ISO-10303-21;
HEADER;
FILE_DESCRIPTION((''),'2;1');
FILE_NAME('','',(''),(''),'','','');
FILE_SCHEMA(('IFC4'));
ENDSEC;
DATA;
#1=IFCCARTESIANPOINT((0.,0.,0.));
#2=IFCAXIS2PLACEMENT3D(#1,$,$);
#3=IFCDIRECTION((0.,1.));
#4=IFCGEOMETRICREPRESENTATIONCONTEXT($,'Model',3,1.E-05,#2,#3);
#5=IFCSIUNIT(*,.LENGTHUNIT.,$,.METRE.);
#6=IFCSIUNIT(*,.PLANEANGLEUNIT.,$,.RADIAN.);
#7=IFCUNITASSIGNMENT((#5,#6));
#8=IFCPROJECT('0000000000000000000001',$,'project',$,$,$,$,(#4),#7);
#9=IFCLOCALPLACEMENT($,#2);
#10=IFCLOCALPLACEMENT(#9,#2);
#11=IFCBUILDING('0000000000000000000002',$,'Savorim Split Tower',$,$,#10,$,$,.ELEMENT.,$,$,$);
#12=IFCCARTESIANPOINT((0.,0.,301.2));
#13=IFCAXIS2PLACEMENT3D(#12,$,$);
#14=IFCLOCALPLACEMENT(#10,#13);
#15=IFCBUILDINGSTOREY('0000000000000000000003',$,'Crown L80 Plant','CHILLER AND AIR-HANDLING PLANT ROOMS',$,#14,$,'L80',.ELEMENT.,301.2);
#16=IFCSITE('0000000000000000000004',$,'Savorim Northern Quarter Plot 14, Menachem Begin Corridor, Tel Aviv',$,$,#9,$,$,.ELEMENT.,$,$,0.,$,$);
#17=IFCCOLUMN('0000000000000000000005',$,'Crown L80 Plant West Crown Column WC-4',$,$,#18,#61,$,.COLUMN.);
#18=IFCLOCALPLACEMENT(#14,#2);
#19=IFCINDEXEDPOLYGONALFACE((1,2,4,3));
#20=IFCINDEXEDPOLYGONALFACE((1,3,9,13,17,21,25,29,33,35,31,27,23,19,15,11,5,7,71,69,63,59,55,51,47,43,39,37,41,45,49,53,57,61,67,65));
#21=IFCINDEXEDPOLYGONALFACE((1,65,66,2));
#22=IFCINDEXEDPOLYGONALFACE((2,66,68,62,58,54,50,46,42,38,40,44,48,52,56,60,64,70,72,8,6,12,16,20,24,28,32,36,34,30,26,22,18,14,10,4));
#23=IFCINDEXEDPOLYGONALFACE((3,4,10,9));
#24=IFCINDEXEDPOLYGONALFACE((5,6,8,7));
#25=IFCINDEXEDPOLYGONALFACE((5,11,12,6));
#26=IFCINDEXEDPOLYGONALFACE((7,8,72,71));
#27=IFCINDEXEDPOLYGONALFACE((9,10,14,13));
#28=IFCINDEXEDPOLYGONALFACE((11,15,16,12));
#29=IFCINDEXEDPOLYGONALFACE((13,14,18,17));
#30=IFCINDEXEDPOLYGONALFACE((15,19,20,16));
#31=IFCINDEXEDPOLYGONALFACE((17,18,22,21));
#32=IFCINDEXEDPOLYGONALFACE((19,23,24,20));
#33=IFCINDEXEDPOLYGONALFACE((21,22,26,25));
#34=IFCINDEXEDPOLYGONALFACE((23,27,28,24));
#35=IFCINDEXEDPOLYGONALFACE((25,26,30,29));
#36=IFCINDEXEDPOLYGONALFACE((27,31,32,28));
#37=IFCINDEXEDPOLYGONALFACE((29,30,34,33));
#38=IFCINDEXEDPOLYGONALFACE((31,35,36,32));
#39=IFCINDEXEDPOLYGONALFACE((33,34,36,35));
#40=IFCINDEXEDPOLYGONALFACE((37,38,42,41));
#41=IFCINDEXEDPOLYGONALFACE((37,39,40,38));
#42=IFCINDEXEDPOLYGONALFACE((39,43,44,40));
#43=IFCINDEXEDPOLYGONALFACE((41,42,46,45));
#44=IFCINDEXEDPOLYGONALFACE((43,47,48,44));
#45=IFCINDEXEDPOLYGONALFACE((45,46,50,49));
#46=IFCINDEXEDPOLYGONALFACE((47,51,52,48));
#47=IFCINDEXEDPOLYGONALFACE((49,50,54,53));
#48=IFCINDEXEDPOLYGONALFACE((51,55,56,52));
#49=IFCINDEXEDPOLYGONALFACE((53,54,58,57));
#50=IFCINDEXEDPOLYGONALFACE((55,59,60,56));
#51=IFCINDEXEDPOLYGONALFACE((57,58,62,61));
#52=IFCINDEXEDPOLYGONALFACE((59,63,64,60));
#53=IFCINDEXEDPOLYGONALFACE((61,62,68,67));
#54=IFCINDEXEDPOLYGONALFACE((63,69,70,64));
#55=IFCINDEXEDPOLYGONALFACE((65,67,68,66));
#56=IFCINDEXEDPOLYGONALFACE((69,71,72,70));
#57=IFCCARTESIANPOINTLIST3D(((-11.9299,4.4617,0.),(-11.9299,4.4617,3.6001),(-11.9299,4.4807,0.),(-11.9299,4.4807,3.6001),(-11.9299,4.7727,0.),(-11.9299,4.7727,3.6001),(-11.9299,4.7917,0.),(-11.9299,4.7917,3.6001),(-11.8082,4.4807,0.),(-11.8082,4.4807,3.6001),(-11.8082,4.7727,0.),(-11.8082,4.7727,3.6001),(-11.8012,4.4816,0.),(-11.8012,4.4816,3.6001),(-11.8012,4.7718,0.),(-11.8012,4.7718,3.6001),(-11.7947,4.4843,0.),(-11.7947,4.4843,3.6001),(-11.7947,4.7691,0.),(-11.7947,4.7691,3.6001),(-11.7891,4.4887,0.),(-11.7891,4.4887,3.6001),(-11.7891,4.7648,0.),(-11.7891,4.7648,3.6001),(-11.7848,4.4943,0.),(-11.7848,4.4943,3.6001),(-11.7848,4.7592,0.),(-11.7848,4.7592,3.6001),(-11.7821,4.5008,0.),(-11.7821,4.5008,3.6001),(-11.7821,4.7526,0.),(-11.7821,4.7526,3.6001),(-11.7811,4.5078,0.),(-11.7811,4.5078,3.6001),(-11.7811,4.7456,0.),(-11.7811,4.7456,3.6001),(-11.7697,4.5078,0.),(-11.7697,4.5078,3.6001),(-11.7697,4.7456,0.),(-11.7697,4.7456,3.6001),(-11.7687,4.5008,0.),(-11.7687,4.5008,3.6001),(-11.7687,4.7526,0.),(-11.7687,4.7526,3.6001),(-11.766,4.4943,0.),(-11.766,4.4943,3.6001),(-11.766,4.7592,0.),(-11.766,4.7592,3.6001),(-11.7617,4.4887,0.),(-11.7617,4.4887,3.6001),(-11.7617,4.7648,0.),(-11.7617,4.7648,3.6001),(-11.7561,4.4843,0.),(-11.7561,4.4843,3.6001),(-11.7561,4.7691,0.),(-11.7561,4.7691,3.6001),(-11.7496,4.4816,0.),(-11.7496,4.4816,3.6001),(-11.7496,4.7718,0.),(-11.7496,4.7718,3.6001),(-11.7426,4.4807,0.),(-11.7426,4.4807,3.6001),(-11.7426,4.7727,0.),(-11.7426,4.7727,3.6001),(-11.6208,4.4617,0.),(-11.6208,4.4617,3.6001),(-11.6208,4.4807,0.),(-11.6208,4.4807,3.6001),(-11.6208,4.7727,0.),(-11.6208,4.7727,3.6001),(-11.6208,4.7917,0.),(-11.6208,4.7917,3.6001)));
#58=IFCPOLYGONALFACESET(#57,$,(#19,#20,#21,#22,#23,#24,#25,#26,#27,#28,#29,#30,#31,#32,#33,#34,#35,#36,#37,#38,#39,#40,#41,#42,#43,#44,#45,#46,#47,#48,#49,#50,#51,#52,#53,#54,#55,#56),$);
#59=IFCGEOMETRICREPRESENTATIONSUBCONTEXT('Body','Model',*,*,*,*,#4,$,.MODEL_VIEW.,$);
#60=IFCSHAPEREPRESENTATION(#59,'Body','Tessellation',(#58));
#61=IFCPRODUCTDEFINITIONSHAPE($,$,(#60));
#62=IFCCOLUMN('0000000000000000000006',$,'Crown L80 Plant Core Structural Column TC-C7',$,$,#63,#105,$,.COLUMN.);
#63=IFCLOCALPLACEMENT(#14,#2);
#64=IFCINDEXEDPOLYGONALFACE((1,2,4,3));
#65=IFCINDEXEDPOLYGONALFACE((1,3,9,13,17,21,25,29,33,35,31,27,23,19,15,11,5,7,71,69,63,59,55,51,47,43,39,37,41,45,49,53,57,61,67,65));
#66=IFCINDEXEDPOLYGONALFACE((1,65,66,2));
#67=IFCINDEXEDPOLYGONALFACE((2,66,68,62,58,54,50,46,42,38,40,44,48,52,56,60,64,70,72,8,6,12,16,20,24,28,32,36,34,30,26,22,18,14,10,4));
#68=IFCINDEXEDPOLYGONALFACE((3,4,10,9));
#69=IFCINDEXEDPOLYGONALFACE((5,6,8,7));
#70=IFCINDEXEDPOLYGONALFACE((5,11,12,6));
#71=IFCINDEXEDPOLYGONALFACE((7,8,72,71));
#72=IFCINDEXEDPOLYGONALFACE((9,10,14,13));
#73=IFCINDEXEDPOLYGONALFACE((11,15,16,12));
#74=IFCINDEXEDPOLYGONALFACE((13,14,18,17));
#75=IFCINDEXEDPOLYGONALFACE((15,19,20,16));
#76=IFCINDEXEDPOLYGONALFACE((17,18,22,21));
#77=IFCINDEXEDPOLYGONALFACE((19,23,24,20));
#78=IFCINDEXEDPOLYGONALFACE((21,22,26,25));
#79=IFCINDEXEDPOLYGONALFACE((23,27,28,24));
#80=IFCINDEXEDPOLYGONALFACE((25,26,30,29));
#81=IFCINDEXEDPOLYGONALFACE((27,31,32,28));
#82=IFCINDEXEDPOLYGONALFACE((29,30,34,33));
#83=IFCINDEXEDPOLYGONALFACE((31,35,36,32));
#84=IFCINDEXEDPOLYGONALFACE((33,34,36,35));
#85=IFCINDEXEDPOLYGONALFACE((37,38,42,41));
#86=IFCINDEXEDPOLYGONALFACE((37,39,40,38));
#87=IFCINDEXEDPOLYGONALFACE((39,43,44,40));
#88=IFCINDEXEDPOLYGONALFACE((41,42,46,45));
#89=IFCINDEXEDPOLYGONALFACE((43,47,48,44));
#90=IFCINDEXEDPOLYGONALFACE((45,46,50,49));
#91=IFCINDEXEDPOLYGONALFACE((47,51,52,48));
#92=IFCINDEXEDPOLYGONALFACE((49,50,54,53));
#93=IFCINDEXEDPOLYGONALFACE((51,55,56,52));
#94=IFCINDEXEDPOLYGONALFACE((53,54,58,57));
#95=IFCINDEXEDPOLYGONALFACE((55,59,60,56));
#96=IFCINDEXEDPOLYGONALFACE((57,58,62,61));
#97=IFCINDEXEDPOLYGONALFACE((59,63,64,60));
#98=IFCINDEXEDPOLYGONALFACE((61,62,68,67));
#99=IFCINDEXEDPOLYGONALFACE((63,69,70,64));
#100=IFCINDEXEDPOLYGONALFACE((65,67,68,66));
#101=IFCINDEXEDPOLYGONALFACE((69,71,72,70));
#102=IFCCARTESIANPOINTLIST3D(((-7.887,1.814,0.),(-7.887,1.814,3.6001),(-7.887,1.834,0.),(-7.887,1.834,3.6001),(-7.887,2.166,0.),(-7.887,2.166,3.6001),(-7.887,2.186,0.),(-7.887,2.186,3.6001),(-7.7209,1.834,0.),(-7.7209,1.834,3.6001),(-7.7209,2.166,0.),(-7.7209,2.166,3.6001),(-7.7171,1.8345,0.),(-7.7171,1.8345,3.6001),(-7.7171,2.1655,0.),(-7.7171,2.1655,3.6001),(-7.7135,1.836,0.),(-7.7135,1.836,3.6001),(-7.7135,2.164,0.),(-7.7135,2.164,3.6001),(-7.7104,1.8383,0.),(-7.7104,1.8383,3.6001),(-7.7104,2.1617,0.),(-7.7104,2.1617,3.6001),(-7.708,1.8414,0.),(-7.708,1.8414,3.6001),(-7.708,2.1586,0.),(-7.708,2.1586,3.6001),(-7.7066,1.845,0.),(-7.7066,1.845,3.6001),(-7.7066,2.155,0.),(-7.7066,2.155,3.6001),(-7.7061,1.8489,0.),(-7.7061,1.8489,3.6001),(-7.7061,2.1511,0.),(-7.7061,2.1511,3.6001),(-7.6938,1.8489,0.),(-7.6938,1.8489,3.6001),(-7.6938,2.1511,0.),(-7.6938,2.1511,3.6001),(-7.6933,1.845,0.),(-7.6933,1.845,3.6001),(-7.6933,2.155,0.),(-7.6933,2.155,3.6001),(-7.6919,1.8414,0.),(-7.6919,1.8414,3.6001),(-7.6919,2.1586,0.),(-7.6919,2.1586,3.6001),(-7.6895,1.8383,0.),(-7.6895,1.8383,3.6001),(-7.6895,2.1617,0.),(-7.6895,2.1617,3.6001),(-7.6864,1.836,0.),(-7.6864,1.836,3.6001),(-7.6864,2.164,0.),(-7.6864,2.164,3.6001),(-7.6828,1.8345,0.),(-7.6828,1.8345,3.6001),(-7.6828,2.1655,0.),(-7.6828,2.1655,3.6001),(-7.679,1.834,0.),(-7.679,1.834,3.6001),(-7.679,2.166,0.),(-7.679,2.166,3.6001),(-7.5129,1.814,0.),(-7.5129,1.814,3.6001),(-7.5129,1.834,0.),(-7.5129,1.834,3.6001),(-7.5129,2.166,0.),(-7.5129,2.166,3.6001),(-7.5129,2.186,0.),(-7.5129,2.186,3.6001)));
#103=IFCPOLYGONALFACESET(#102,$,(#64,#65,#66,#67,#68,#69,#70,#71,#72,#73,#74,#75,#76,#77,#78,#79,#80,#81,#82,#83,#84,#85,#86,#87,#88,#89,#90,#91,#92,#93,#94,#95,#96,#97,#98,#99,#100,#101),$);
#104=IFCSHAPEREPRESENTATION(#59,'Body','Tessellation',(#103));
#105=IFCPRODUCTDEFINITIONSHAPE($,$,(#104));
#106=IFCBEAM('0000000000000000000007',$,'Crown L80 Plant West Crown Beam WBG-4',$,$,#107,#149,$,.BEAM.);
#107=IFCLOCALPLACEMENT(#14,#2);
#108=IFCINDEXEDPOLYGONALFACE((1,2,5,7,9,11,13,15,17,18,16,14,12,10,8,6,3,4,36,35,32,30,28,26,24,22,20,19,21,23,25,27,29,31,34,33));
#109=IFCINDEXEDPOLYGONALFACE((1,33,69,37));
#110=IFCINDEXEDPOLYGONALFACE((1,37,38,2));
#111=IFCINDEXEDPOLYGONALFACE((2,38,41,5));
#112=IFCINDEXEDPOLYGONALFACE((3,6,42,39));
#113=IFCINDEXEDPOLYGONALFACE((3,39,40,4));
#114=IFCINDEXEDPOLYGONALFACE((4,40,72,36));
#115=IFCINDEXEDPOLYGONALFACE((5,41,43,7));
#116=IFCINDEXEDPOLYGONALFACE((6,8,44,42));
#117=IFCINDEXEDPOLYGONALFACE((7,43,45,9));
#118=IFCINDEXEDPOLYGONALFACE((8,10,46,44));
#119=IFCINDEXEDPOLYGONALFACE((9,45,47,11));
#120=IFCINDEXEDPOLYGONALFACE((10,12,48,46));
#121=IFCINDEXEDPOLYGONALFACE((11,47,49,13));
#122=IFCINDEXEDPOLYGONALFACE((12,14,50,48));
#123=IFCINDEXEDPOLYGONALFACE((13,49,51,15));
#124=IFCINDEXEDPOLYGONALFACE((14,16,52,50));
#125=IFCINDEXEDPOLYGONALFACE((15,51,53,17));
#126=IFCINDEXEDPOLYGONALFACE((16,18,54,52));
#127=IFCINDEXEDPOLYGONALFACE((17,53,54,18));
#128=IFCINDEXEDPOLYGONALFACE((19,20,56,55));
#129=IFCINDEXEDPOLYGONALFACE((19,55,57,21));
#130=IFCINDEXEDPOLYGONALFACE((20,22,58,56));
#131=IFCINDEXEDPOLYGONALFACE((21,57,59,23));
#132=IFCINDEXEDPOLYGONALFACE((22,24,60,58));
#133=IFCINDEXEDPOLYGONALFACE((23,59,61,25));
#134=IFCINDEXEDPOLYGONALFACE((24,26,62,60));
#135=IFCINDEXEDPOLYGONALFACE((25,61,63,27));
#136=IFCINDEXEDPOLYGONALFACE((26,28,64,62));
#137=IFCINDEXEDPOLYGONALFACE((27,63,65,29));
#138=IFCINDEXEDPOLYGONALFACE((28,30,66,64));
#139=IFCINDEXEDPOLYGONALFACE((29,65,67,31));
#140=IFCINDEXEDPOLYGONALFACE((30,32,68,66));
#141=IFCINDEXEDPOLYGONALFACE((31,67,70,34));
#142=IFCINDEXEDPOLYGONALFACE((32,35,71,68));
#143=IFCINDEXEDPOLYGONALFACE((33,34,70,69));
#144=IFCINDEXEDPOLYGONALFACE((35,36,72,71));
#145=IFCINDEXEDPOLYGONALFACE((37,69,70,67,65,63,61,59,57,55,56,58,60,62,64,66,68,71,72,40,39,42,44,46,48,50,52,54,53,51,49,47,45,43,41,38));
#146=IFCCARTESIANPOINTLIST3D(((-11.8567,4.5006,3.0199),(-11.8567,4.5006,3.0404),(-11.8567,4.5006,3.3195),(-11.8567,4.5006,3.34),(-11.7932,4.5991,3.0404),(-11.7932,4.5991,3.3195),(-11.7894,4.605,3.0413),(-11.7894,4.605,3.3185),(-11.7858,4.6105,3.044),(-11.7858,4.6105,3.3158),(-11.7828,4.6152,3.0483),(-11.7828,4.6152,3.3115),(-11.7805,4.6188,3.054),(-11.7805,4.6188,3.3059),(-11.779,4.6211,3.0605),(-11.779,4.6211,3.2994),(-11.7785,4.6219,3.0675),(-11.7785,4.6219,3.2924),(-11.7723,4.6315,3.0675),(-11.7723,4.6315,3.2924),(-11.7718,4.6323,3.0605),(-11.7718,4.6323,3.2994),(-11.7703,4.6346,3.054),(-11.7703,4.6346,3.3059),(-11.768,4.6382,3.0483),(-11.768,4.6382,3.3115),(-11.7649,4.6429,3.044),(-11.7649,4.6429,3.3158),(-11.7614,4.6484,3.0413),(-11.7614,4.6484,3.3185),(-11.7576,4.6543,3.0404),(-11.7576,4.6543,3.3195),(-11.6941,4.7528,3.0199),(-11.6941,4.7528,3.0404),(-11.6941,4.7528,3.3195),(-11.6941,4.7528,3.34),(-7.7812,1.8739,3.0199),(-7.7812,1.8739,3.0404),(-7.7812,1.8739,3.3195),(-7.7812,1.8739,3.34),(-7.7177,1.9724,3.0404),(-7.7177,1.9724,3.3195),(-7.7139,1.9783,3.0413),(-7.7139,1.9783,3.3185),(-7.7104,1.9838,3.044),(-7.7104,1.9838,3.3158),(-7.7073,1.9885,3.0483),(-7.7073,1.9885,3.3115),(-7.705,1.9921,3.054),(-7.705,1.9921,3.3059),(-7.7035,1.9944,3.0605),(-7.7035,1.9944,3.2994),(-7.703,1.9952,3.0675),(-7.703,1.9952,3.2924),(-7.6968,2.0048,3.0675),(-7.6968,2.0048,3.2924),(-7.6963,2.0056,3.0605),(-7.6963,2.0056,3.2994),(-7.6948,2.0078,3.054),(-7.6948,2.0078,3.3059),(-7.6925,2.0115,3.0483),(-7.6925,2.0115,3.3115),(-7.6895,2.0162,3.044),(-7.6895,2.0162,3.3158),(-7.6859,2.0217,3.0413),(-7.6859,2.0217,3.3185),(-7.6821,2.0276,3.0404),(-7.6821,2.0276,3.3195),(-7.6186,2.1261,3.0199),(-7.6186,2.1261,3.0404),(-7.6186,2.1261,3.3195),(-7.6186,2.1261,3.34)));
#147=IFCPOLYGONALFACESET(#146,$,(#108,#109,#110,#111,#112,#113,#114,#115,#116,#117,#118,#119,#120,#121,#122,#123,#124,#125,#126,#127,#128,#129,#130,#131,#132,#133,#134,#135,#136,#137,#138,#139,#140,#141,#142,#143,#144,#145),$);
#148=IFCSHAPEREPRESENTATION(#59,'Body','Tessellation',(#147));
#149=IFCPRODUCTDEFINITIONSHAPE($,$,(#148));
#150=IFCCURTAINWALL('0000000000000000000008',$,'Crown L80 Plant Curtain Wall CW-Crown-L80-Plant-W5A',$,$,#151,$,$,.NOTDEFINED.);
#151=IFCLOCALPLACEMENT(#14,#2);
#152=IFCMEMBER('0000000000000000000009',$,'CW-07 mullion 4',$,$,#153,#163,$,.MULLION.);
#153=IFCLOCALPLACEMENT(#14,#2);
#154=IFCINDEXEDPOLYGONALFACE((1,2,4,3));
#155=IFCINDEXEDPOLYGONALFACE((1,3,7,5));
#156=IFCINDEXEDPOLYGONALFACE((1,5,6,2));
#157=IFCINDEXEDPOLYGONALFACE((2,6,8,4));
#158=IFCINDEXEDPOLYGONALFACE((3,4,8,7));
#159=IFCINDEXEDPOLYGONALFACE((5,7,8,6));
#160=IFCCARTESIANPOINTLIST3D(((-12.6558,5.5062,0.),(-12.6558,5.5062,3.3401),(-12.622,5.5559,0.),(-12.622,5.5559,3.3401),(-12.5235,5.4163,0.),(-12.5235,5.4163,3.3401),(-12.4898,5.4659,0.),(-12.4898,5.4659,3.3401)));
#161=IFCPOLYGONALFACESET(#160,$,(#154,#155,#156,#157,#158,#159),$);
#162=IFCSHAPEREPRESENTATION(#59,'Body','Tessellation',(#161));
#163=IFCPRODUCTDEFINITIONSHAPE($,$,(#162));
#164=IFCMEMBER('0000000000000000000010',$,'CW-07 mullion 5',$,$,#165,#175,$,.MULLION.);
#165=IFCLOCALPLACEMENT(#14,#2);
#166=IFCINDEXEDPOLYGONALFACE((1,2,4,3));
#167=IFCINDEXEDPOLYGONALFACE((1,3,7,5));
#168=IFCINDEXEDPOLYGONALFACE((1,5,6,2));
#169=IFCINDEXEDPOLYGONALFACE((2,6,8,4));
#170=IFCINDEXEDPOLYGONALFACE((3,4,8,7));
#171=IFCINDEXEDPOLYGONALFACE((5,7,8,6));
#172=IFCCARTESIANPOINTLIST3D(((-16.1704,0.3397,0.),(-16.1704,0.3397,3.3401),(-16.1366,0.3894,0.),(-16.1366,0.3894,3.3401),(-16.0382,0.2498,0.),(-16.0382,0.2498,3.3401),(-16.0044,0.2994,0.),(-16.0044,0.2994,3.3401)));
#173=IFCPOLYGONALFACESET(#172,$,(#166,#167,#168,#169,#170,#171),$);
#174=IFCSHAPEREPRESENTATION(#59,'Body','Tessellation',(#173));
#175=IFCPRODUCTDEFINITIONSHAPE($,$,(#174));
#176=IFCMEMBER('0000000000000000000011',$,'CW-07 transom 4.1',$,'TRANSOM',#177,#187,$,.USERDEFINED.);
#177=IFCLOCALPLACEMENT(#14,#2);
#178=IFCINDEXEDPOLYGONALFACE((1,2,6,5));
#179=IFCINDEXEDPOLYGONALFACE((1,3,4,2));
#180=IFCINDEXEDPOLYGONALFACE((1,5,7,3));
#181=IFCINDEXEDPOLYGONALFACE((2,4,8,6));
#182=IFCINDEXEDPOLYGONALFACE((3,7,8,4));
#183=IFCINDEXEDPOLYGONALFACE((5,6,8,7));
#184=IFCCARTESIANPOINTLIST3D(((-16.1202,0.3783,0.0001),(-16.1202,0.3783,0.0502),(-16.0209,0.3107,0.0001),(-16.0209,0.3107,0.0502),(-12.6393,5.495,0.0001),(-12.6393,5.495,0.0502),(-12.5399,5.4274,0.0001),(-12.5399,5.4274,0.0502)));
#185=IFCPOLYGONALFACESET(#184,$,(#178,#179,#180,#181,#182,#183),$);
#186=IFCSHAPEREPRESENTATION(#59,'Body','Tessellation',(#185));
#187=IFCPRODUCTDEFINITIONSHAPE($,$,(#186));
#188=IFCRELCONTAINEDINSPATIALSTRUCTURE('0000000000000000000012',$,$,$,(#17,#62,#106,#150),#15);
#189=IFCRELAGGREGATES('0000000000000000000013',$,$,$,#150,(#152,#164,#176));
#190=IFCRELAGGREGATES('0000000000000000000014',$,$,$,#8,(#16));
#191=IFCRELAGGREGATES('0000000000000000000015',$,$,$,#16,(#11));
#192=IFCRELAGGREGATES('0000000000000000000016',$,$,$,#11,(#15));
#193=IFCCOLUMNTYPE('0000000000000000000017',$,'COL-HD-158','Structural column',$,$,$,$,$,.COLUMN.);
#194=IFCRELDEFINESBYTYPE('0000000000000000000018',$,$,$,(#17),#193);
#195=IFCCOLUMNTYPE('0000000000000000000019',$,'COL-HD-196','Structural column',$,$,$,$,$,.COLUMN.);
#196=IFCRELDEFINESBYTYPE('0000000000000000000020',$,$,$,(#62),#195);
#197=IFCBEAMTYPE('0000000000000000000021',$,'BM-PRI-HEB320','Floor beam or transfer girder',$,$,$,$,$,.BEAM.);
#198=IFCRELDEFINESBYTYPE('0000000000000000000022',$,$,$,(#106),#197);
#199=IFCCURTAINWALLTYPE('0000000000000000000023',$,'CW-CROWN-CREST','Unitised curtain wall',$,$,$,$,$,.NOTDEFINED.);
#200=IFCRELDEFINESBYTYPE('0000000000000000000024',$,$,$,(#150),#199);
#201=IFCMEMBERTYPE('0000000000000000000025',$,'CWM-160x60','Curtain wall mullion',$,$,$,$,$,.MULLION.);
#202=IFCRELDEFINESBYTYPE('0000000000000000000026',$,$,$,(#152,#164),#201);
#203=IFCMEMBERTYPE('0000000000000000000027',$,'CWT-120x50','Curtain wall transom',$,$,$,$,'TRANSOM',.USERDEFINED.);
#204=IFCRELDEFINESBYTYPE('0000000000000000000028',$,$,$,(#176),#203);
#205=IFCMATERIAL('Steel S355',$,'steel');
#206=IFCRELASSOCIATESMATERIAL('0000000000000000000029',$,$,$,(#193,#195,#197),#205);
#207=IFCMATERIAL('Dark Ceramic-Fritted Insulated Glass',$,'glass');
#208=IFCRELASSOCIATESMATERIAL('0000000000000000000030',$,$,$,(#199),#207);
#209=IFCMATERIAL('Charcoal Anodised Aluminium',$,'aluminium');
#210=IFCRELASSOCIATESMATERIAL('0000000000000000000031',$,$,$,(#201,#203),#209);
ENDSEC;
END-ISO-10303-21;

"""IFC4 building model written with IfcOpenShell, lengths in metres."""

from ifc_helpers import new_model, si_unit, direction, frame, origin, origin_2d, place, context, subcontext, project, spatial, rectangle, i_section, extrude, material, material_profile, profile_set, type_object, element, aggregate, save


model = new_model("IFC4")

# Units and contexts
model_context = context("Model", 3, precision=1e-05, world=origin(), true_north=direction((0.0, 1.0)))
body_context = subcontext(model_context, "Body", "Model", "MODEL_VIEW")
ifc_project = project(units=[si_unit("LENGTHUNIT", "METRE"), si_unit("PLANEANGLEUNIT", "RADIAN")], contexts=[model_context])

# Site, building, storey
site_placement = place(None, origin())
site = spatial("IfcSite", under=ifc_project, at=site_placement, Name="Savorim Northern Quarter Plot 14, Menachem Begin Corridor, Tel Aviv", CompositionType="ELEMENT", RefElevation=0.0)
building_placement = place(site_placement, origin())
building = spatial("IfcBuilding", under=site, at=building_placement, Name="Savorim Split Tower", CompositionType="ELEMENT")
storey_placement = place(building_placement, frame((0.0, 0.0, 301.2)))
storey = spatial("IfcBuildingStorey", under=building, at=storey_placement, Name="Crown L80 Plant", Description="CHILLER AND AIR-HANDLING PLANT ROOMS", LongName="L80", CompositionType="ELEMENT", Elevation=301.2)

# Columns
ifc_material_1 = material(Name="Steel S355", Category="steel")
ifc_material_profile_1 = material_profile(ifc_material_1, i_section(OverallWidth=0.3091, OverallDepth=0.3301, WebThickness=0.0115, FlangeThickness=0.019, FilletRadius=0.0271, at=origin_2d()), Name="HD 320x158")
ifc_profile_set_1 = profile_set([ifc_material_profile_1], Name="Steel S355")
column_type_1 = type_object("IfcColumnType", Name="COL-HD-158", Description="Structural column", PredefinedType="COLUMN", material=ifc_profile_set_1)
column_1_placement = place(storey_placement, frame((-11.7754, 4.6267, 0.0), z_axis=(0.0, 0.0, 1.0), x_axis=(1.0, 0.0, 0.0)))
element("IfcColumn", 1, at=column_1_placement, inside=storey, type_object=column_type_1, Name="Crown L80 Plant West Crown Column WC-4", PredefinedType="COLUMN", context=body_context, shape_type="SweptSolid", body=[
    extrude(i_section(OverallWidth=0.3091, OverallDepth=0.3301, WebThickness=0.0115, FlangeThickness=0.019, FilletRadius=0.0271, at=origin_2d()), origin(), (0.0, 0.0, 1.0), 3.6001),
])
ifc_material_profile_2 = material_profile(ifc_material_1, i_section(OverallWidth=0.374, OverallDepth=0.3721, WebThickness=0.0122, FlangeThickness=0.02, FilletRadius=0.0149, at=origin_2d()), Name="HD 360x196")
ifc_profile_set_2 = profile_set([ifc_material_profile_2], Name="Steel S355")
column_type_2 = type_object("IfcColumnType", Name="COL-HD-196", Description="Structural column", PredefinedType="COLUMN", material=ifc_profile_set_2)
column_2_placement = place(storey_placement, frame((-7.7, 2.0, 0.0), z_axis=(0.0, 0.0, 1.0), x_axis=(1.0, 0.0, 0.0)))
element("IfcColumn", 2, at=column_2_placement, inside=storey, type_object=column_type_2, Name="Crown L80 Plant Core Structural Column TC-C7", PredefinedType="COLUMN", context=body_context, shape_type="SweptSolid", body=[
    extrude(i_section(OverallWidth=0.374, OverallDepth=0.3721, WebThickness=0.0122, FlangeThickness=0.02, FilletRadius=0.0149, at=origin_2d()), origin(), (0.0, 0.0, 1.0), 3.6001),
])

# Beam
ifc_material_profile_3 = material_profile(ifc_material_1, i_section(OverallWidth=0.3, OverallDepth=0.3201, WebThickness=0.0115, FlangeThickness=0.0205, FilletRadius=0.0271, at=origin_2d()), Name="HEB 320")
ifc_profile_set_3 = profile_set([ifc_material_profile_3], Name="Steel S355")
beam_type = type_object("IfcBeamType", Name="BM-PRI-HEB320", Description="Floor beam or transfer girder", PredefinedType="BEAM", material=ifc_profile_set_3)
beam_placement = place(storey_placement, frame((-11.7754, 4.6267, 3.1799), z_axis=(0.840541, -0.541747, 0.0), x_axis=(0.541747, 0.840541, 0.0)))
element("IfcBeam", 3, at=beam_placement, inside=storey, type_object=beam_type, Name="Crown L80 Plant West Crown Beam WBG-4", PredefinedType="BEAM", context=body_context, shape_type="SweptSolid", body=[
    extrude(i_section(OverallWidth=0.3, OverallDepth=0.3201, WebThickness=0.0115, FlangeThickness=0.0205, FilletRadius=0.0271, at=origin_2d()), origin(), (0.0, 0.0, 1.0), 4.8486),
])

# Curtain wall, members
ifc_material_2 = material(Name="Dark Ceramic-Fritted Insulated Glass", Category="glass")
curtain_wall_type = type_object("IfcCurtainWallType", Name="CW-CROWN-CREST", Description="Unitised curtain wall", PredefinedType="NOTDEFINED", material=ifc_material_2)
curtain_wall_placement = place(storey_placement, origin())
curtain_wall = element("IfcCurtainWall", 4, at=curtain_wall_placement, inside=storey, type_object=curtain_wall_type, Name="Crown L80 Plant Curtain Wall CW-Crown-L80-Plant-W5A", PredefinedType="NOTDEFINED")
ifc_material_3 = material(Name="Charcoal Anodised Aluminium", Category="aluminium")
ifc_material_profile_4 = material_profile(ifc_material_3, rectangle(XDim=0.1599, YDim=0.0601, at=origin_2d()), Name="ALU-M 160x60")
ifc_profile_set_4 = profile_set([ifc_material_profile_4], Name="Charcoal Anodised Aluminium")
member_type_1 = type_object("IfcMemberType", Name="CWM-160x60", Description="Curtain wall mullion", PredefinedType="MULLION", material=ifc_profile_set_4)
member_1_placement = place(storey_placement, frame((-12.5728, 5.4861, 0.0), z_axis=(0.0, 0.0, 1.0), x_axis=(0.826821, -0.562465, 0.0)))
member_1 = element("IfcMember", 5, at=member_1_placement, type_object=member_type_1, Name="CW-07 mullion 4", PredefinedType="MULLION", context=body_context, shape_type="SweptSolid", body=[
    extrude(rectangle(XDim=0.1599, YDim=0.0601, at=origin_2d()), origin(), (0.0, 0.0, 1.0), 3.3401),
])
member_2_placement = place(storey_placement, frame((-16.0874, 0.3196, 0.0), z_axis=(0.0, 0.0, 1.0), x_axis=(0.826821, -0.562465, 0.0)))
member_2 = element("IfcMember", 6, at=member_2_placement, type_object=member_type_1, Name="CW-07 mullion 5", PredefinedType="MULLION", context=body_context, shape_type="SweptSolid", body=[
    extrude(rectangle(XDim=0.1599, YDim=0.0601, at=origin_2d()), origin(), (0.0, 0.0, 1.0), 3.3401),
])
ifc_material_profile_5 = material_profile(ifc_material_3, rectangle(XDim=0.1201, YDim=0.05, at=origin_2d()), Name="ALU-T 120x50")
ifc_profile_set_5 = profile_set([ifc_material_profile_5], Name="Charcoal Anodised Aluminium")
member_type_2 = type_object("IfcMemberType", Name="CWT-120x50", Description="Curtain wall transom", ElementType="TRANSOM", PredefinedType="USERDEFINED", material=ifc_profile_set_5)
member_3_placement = place(storey_placement, frame((-12.5896, 5.4612, 0.0251), z_axis=(-0.562487, -0.826806, 0.0), x_axis=(0.826806, -0.562487, 0.0)))
member_3 = element("IfcMember", 7, at=member_3_placement, type_object=member_type_2, Name="CW-07 transom 4.1", ObjectType="TRANSOM", PredefinedType="USERDEFINED", context=body_context, shape_type="SweptSolid", body=[
    extrude(rectangle(XDim=0.1201, YDim=0.05, at=origin_2d()), origin(), (0.0, 0.0, 1.0), 6.1885),
])
aggregate(curtain_wall, [member_1, member_2, member_3])

save(model, "model.ifc")
